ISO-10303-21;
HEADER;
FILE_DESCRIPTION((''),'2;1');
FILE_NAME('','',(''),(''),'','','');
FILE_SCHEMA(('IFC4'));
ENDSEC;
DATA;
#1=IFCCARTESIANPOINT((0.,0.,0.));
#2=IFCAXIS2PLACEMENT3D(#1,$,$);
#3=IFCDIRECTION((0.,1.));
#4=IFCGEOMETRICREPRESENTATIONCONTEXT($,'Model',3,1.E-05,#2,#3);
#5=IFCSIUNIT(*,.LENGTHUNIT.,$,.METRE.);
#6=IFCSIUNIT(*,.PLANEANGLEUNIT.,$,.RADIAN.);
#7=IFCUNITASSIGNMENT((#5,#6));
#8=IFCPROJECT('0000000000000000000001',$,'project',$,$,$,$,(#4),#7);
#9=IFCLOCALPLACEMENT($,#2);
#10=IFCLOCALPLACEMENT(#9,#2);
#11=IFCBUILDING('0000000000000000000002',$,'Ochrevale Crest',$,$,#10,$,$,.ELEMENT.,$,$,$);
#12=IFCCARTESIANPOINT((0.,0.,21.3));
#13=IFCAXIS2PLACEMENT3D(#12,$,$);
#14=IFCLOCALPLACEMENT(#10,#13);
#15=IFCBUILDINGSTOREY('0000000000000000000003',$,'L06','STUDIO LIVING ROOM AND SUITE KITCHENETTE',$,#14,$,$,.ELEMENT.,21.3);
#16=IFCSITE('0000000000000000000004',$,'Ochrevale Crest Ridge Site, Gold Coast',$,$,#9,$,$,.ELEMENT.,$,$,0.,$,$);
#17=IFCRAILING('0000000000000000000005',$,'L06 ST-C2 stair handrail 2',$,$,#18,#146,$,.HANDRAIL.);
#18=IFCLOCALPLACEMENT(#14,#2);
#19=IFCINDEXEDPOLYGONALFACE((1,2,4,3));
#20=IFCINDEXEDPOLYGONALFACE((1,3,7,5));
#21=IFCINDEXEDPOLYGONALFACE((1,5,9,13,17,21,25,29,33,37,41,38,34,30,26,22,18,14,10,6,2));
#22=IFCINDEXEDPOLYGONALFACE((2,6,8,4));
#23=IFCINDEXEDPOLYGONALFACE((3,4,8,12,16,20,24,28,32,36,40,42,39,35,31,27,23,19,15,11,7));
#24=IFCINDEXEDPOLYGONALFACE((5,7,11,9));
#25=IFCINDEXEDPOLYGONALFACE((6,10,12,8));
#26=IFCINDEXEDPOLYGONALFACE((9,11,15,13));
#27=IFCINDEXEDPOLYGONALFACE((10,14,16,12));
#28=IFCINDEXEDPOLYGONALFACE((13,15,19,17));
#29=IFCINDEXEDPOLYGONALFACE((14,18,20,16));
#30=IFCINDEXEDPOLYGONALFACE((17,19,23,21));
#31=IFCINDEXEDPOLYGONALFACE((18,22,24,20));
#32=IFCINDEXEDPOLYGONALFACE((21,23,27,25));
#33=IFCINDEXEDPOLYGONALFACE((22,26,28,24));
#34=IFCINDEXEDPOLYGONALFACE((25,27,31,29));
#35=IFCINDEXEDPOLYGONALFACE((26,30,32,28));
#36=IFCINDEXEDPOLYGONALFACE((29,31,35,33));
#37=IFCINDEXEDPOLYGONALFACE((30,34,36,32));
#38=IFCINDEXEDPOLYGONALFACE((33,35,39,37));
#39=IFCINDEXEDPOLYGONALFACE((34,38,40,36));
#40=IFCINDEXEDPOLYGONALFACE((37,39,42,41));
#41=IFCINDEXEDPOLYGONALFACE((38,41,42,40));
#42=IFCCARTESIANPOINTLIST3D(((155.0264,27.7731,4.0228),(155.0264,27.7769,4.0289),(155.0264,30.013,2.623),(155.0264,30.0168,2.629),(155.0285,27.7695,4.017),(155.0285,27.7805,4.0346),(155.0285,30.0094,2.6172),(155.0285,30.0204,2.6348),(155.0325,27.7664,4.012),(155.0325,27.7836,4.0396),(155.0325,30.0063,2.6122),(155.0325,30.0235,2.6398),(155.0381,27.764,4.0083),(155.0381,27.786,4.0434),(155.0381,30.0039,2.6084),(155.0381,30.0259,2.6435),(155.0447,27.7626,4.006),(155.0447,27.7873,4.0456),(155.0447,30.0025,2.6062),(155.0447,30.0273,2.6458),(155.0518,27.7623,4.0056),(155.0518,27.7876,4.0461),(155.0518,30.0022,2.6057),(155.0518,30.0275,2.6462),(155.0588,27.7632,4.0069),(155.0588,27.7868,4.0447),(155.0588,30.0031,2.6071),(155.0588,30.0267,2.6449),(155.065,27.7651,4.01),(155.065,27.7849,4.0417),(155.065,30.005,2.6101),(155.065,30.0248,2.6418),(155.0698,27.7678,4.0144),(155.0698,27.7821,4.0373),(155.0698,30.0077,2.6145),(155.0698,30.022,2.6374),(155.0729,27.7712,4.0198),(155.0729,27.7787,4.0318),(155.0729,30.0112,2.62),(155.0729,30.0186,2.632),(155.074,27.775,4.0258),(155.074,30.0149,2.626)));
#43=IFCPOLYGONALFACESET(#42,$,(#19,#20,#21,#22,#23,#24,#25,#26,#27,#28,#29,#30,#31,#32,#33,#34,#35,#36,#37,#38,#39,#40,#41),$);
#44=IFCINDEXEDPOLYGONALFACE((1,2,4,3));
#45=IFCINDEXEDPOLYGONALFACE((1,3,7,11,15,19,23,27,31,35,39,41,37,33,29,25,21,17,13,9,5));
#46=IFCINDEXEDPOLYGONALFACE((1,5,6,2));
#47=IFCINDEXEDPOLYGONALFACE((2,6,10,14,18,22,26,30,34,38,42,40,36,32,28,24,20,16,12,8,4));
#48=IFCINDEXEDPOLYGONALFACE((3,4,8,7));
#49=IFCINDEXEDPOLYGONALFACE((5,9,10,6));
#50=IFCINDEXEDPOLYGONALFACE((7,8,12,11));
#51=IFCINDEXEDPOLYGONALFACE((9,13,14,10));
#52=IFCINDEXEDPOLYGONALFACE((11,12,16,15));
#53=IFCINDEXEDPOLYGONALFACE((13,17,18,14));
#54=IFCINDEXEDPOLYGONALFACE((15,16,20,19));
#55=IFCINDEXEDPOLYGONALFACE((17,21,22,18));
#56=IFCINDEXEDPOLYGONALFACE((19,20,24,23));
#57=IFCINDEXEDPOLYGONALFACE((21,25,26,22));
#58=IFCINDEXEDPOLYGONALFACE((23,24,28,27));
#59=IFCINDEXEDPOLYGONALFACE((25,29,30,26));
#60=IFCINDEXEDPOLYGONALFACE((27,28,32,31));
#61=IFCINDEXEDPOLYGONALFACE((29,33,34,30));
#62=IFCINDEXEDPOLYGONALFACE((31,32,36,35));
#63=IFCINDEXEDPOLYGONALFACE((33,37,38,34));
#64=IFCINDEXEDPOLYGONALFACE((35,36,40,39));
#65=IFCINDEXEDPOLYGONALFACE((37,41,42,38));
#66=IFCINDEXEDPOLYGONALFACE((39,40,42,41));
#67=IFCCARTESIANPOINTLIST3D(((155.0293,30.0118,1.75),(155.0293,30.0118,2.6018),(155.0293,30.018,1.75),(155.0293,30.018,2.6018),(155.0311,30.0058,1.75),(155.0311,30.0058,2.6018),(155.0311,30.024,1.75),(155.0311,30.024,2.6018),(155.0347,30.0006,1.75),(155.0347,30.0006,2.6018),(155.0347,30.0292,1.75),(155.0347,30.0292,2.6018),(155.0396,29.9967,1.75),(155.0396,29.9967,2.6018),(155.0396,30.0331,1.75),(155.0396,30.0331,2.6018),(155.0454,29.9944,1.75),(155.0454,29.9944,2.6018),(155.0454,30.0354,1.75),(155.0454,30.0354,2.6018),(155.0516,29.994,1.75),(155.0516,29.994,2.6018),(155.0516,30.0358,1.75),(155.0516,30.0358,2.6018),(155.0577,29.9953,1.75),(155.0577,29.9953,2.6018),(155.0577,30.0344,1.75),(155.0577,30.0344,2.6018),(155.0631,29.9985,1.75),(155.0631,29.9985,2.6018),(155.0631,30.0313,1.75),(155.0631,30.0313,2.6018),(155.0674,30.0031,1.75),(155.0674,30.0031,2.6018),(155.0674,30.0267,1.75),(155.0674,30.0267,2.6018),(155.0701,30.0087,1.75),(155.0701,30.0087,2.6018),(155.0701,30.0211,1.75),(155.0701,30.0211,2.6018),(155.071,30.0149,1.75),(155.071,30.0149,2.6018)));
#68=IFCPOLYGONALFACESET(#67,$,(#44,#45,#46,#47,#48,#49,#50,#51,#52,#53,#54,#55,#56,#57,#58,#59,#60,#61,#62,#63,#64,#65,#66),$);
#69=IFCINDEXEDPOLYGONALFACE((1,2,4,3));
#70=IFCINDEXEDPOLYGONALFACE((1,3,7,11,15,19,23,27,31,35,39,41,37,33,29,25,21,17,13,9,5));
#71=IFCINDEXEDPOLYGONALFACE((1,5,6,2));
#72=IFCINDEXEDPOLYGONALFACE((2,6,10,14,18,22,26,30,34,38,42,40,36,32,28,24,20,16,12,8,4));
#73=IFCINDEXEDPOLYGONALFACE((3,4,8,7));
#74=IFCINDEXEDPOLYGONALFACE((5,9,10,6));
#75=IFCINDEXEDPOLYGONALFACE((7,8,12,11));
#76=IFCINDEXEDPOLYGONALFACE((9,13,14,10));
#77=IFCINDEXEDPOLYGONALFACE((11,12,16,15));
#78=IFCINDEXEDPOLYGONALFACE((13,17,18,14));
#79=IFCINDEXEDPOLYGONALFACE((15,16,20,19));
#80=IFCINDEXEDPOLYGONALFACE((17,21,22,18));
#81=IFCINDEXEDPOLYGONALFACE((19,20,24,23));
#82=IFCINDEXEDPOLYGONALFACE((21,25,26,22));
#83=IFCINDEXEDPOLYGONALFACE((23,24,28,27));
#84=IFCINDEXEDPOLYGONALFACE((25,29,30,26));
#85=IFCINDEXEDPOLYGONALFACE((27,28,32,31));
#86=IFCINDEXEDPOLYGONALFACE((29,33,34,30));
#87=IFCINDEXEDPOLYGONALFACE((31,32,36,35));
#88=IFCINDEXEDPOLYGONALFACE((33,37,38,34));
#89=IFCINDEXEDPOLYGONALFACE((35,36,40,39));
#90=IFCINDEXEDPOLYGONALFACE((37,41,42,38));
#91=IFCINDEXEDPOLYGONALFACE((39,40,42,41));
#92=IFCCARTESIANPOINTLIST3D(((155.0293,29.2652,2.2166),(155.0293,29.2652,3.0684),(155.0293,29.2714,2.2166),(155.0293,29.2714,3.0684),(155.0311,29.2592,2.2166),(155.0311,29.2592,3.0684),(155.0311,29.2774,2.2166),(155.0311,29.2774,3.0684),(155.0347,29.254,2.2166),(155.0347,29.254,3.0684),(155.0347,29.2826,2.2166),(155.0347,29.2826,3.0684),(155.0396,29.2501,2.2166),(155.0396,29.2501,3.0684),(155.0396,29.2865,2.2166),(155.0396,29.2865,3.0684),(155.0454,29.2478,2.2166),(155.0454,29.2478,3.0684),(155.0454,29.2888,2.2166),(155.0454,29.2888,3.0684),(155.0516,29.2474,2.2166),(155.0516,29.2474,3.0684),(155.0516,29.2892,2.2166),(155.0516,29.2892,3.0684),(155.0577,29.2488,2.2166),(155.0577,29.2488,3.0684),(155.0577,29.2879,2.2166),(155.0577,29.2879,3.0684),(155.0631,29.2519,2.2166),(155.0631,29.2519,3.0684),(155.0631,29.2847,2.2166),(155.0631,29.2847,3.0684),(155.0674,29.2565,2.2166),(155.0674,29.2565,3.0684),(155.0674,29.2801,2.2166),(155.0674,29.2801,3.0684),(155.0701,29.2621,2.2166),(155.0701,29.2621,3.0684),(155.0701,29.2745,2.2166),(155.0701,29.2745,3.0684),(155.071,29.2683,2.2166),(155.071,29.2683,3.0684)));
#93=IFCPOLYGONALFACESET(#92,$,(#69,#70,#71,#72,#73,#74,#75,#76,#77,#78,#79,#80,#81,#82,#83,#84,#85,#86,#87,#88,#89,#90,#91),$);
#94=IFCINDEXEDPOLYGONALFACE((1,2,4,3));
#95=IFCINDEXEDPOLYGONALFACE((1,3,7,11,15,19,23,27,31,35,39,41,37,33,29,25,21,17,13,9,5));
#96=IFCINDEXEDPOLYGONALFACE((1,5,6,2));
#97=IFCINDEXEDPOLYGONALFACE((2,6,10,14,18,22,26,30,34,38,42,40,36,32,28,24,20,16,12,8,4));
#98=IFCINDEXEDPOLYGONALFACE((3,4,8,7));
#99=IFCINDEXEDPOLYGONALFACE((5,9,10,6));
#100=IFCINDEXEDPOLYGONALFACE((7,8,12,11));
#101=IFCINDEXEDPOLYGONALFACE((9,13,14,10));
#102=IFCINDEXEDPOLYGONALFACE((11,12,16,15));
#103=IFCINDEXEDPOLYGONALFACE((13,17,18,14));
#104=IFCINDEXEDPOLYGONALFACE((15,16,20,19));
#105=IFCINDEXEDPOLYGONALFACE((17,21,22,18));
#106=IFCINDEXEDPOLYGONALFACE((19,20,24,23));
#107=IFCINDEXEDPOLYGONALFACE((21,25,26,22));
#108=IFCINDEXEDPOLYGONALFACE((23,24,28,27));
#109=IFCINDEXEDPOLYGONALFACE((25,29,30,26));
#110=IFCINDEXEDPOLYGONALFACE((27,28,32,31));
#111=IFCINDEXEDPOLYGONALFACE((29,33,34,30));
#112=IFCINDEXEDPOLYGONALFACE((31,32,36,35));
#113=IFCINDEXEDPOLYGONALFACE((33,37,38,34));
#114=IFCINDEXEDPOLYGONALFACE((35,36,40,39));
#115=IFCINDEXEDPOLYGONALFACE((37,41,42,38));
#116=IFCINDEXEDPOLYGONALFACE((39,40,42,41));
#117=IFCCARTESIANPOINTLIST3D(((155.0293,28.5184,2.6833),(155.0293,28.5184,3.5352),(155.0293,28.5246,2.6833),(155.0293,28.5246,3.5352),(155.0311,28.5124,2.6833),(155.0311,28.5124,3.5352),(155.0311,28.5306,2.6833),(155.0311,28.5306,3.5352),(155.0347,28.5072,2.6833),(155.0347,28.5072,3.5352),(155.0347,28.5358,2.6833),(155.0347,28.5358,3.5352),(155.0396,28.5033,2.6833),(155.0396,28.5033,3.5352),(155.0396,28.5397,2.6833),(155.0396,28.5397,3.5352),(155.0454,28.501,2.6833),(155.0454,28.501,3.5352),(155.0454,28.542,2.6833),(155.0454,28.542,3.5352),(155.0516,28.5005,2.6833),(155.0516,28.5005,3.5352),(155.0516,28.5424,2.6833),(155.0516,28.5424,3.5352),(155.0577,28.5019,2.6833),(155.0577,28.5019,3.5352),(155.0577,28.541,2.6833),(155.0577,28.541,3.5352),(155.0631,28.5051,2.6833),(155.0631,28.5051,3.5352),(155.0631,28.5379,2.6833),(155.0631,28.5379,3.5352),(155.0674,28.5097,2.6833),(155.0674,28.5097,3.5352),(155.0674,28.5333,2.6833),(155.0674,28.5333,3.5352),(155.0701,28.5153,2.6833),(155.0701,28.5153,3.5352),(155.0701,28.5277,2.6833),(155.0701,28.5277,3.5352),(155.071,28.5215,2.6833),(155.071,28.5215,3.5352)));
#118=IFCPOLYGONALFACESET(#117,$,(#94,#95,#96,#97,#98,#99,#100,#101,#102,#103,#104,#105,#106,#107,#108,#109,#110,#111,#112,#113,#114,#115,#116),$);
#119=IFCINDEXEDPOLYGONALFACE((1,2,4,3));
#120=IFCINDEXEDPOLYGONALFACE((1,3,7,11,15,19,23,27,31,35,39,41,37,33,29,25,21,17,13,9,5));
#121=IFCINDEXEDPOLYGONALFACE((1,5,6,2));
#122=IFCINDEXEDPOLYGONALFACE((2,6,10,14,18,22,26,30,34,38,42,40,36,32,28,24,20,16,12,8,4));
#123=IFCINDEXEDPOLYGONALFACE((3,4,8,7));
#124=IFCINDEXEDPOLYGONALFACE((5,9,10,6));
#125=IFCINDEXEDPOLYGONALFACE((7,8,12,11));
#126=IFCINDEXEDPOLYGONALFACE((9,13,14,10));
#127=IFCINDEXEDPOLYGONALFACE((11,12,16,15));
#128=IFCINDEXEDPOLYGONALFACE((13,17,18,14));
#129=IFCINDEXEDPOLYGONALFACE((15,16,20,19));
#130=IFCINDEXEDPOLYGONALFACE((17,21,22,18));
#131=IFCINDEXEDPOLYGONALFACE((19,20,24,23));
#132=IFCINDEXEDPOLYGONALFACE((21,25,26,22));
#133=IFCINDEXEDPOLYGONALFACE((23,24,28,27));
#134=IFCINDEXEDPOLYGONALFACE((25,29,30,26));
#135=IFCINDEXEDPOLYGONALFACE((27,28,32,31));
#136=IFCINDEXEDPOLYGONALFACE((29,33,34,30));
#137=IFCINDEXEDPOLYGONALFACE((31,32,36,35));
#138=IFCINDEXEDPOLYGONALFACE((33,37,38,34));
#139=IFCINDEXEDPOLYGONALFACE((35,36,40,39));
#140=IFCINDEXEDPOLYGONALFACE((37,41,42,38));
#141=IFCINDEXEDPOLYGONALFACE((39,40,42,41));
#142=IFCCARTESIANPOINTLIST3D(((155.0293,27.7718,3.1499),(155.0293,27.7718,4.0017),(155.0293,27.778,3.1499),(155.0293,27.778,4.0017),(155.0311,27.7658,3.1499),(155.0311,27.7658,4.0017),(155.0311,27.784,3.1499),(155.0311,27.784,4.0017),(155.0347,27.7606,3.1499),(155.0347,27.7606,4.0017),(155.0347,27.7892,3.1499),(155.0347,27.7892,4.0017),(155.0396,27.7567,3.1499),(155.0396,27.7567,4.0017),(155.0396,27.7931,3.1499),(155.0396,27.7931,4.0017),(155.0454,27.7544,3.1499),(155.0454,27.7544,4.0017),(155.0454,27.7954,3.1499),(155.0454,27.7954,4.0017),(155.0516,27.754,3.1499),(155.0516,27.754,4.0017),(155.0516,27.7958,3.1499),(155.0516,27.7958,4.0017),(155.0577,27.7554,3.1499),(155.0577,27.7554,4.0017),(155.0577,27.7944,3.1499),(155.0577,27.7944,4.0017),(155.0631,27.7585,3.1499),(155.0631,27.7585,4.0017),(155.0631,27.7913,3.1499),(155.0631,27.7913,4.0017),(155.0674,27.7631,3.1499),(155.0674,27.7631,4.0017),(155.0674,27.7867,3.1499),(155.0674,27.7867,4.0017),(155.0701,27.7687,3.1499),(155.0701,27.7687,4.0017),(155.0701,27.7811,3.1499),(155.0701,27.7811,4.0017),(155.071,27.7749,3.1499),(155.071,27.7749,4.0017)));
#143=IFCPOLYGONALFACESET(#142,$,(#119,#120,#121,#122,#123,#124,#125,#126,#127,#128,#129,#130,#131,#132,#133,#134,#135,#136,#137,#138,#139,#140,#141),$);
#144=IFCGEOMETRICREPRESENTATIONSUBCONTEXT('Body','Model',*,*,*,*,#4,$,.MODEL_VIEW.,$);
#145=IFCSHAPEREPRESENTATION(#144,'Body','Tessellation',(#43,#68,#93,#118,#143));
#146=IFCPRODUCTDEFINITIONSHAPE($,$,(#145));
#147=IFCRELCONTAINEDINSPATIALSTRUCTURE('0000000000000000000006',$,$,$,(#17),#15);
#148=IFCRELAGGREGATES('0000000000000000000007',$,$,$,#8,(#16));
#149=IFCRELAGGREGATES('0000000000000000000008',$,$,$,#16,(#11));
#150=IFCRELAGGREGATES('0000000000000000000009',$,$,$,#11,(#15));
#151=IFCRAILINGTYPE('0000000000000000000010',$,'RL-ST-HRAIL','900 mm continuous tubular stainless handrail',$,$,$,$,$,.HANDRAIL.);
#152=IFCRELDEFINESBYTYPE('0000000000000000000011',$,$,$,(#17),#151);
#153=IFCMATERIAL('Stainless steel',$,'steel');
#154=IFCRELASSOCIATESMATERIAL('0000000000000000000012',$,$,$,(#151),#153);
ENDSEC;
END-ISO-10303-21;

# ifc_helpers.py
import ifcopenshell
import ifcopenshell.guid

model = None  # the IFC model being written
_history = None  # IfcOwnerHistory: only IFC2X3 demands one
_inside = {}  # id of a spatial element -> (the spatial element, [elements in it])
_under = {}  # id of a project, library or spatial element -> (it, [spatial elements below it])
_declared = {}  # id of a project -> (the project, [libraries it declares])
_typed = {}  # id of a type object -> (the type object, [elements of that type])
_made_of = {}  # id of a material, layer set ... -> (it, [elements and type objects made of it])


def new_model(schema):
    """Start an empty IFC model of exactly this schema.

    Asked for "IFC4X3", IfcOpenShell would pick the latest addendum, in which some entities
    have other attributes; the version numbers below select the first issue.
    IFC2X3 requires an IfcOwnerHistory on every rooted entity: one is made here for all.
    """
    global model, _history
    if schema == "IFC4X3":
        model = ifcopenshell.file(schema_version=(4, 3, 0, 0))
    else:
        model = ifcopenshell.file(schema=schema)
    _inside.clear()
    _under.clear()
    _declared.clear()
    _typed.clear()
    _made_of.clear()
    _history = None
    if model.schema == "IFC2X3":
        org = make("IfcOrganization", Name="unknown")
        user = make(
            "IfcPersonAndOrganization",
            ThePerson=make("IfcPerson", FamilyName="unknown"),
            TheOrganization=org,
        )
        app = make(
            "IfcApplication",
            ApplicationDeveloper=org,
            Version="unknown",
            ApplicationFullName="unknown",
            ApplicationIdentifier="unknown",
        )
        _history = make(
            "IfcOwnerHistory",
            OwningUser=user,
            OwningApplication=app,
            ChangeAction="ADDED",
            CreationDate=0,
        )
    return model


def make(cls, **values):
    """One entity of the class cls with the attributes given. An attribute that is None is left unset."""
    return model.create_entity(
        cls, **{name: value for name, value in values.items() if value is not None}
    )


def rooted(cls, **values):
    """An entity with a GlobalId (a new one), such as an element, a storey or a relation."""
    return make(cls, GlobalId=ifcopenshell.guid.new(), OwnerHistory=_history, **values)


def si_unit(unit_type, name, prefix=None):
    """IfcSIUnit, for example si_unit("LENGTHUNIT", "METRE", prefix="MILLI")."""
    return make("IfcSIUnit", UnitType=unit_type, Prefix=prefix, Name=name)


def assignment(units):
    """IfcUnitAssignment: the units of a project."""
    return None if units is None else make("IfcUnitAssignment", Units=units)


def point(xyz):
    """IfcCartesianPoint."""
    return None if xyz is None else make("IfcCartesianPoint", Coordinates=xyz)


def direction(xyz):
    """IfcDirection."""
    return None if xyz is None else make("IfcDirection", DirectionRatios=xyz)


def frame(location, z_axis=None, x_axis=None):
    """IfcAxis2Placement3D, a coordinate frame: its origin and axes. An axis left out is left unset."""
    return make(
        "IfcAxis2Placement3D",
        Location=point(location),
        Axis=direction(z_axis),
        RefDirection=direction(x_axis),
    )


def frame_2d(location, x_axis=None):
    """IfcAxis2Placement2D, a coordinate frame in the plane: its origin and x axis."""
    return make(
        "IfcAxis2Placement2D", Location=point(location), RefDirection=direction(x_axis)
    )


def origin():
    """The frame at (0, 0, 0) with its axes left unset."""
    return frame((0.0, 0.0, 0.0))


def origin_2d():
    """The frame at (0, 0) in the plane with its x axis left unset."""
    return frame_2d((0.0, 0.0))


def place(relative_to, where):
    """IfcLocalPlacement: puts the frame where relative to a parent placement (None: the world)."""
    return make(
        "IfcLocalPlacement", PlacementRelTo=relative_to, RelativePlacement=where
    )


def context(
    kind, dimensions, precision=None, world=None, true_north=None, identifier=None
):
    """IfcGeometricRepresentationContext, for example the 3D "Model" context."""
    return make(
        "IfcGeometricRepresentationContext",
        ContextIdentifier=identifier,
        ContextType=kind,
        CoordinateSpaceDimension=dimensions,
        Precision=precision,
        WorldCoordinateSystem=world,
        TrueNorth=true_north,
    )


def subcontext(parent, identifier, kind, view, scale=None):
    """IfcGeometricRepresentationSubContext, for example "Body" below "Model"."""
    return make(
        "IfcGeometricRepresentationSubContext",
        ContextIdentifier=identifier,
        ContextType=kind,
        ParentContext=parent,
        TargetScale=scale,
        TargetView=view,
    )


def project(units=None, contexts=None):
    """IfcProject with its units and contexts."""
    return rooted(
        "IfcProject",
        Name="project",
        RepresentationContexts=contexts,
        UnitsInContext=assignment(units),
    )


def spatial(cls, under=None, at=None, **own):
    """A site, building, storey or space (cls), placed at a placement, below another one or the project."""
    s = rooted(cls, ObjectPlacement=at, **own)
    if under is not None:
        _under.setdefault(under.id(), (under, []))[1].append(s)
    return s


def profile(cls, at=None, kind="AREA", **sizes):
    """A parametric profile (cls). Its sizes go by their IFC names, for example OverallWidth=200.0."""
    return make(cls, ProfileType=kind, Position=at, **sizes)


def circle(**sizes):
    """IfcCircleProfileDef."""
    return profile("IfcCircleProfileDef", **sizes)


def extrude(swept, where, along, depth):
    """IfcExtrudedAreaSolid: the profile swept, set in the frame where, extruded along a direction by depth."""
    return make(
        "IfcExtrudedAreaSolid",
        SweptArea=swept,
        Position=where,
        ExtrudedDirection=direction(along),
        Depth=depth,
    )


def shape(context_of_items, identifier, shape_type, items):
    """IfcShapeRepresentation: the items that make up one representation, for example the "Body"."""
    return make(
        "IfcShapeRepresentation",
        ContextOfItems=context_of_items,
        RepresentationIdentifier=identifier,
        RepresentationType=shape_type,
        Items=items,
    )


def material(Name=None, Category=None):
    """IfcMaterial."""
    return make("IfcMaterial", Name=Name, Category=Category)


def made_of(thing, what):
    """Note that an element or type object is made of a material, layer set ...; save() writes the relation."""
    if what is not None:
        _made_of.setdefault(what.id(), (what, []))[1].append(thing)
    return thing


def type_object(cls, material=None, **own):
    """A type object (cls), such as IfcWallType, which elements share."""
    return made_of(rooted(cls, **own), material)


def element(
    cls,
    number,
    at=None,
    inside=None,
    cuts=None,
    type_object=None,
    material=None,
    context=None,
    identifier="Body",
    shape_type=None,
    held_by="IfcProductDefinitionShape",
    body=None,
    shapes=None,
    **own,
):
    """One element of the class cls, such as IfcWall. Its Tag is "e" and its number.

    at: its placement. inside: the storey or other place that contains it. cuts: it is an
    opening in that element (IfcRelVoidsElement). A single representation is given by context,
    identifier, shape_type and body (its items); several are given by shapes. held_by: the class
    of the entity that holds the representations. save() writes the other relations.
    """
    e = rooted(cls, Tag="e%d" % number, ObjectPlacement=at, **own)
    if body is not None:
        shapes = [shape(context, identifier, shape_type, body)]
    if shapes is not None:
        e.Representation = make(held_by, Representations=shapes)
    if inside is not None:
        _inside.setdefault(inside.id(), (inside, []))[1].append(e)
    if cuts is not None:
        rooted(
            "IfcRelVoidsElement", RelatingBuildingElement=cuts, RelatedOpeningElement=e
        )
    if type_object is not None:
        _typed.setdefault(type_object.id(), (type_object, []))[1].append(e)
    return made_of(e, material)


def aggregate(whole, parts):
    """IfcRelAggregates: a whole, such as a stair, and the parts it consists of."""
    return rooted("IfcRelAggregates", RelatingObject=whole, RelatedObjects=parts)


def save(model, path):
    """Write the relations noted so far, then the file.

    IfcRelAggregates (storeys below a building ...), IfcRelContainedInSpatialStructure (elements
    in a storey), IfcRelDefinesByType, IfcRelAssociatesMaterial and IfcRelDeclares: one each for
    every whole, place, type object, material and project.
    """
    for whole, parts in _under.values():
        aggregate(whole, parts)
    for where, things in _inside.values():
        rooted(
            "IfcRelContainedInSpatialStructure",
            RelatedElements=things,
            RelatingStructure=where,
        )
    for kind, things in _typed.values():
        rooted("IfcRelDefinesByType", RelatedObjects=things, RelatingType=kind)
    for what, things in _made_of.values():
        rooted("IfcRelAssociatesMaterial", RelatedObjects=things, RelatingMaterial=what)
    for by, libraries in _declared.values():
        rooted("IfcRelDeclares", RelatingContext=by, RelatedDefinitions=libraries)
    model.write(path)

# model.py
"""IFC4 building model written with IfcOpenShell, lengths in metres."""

from ifc_helpers import new_model, si_unit, direction, frame, origin, origin_2d, place, context, subcontext, project, spatial, circle, extrude, material, type_object, element, save


model = new_model("IFC4")

# Units and contexts
model_context = context("Model", 3, precision=1e-05, world=origin(), true_north=direction((0.0, 1.0)))
body_context = subcontext(model_context, "Body", "Model", "MODEL_VIEW")
ifc_project = project(units=[si_unit("LENGTHUNIT", "METRE"), si_unit("PLANEANGLEUNIT", "RADIAN")], contexts=[model_context])

# Site, building, storey
site_placement = place(None, origin())
site = spatial("IfcSite", under=ifc_project, at=site_placement, Name="Ochrevale Crest Ridge Site, Gold Coast", CompositionType="ELEMENT", RefElevation=0.0)
building_placement = place(site_placement, origin())
building = spatial("IfcBuilding", under=site, at=building_placement, Name="Ochrevale Crest", CompositionType="ELEMENT")
storey_placement = place(building_placement, frame((0.0, 0.0, 21.3)))
storey = spatial("IfcBuildingStorey", under=building, at=storey_placement, Name="L06", Description="STUDIO LIVING ROOM AND SUITE KITCHENETTE", CompositionType="ELEMENT", Elevation=21.3)

# Railing
ifc_material_1 = material(Name="Stainless steel", Category="steel")
railing_type_1 = type_object("IfcRailingType", Name="RL-ST-HRAIL", Description="900 mm continuous tubular stainless handrail", PredefinedType="HANDRAIL", material=ifc_material_1)
railing_1_placement = place(storey_placement, frame((155.05, 30.0149, 1.75)))
element("IfcRailing", 1, at=railing_1_placement, inside=storey, type_object=railing_type_1, Name="L06 ST-C2 stair handrail 2", PredefinedType="HANDRAIL", context=body_context, shape_type="SweptSolid", body=[
    extrude(circle(Radius=0.0239, at=origin_2d()), frame((0.0, 0.0, 0.876), z_axis=(0.0, -0.848014, 0.529974), x_axis=(1.0, 0.0, 0.0)), (0.0, 0.0, 1.0), 2.6414),
    extrude(circle(Radius=0.021, at=origin_2d()), origin(), (0.0, 0.0, 1.0), 0.8518),
    extrude(circle(Radius=0.021, at=origin_2d()), frame((0.0, -0.7466, 0.4666)), (0.0, 0.0, 1.0), 0.8518),
    extrude(circle(Radius=0.021, at=origin_2d()), frame((0.0, -1.4934, 0.9333)), (0.0, 0.0, 1.0), 0.8518),
    extrude(circle(Radius=0.021, at=origin_2d()), frame((0.0, -2.24, 1.3999)), (0.0, 0.0, 1.0), 0.8518),
])

save(model, "model.ifc")
